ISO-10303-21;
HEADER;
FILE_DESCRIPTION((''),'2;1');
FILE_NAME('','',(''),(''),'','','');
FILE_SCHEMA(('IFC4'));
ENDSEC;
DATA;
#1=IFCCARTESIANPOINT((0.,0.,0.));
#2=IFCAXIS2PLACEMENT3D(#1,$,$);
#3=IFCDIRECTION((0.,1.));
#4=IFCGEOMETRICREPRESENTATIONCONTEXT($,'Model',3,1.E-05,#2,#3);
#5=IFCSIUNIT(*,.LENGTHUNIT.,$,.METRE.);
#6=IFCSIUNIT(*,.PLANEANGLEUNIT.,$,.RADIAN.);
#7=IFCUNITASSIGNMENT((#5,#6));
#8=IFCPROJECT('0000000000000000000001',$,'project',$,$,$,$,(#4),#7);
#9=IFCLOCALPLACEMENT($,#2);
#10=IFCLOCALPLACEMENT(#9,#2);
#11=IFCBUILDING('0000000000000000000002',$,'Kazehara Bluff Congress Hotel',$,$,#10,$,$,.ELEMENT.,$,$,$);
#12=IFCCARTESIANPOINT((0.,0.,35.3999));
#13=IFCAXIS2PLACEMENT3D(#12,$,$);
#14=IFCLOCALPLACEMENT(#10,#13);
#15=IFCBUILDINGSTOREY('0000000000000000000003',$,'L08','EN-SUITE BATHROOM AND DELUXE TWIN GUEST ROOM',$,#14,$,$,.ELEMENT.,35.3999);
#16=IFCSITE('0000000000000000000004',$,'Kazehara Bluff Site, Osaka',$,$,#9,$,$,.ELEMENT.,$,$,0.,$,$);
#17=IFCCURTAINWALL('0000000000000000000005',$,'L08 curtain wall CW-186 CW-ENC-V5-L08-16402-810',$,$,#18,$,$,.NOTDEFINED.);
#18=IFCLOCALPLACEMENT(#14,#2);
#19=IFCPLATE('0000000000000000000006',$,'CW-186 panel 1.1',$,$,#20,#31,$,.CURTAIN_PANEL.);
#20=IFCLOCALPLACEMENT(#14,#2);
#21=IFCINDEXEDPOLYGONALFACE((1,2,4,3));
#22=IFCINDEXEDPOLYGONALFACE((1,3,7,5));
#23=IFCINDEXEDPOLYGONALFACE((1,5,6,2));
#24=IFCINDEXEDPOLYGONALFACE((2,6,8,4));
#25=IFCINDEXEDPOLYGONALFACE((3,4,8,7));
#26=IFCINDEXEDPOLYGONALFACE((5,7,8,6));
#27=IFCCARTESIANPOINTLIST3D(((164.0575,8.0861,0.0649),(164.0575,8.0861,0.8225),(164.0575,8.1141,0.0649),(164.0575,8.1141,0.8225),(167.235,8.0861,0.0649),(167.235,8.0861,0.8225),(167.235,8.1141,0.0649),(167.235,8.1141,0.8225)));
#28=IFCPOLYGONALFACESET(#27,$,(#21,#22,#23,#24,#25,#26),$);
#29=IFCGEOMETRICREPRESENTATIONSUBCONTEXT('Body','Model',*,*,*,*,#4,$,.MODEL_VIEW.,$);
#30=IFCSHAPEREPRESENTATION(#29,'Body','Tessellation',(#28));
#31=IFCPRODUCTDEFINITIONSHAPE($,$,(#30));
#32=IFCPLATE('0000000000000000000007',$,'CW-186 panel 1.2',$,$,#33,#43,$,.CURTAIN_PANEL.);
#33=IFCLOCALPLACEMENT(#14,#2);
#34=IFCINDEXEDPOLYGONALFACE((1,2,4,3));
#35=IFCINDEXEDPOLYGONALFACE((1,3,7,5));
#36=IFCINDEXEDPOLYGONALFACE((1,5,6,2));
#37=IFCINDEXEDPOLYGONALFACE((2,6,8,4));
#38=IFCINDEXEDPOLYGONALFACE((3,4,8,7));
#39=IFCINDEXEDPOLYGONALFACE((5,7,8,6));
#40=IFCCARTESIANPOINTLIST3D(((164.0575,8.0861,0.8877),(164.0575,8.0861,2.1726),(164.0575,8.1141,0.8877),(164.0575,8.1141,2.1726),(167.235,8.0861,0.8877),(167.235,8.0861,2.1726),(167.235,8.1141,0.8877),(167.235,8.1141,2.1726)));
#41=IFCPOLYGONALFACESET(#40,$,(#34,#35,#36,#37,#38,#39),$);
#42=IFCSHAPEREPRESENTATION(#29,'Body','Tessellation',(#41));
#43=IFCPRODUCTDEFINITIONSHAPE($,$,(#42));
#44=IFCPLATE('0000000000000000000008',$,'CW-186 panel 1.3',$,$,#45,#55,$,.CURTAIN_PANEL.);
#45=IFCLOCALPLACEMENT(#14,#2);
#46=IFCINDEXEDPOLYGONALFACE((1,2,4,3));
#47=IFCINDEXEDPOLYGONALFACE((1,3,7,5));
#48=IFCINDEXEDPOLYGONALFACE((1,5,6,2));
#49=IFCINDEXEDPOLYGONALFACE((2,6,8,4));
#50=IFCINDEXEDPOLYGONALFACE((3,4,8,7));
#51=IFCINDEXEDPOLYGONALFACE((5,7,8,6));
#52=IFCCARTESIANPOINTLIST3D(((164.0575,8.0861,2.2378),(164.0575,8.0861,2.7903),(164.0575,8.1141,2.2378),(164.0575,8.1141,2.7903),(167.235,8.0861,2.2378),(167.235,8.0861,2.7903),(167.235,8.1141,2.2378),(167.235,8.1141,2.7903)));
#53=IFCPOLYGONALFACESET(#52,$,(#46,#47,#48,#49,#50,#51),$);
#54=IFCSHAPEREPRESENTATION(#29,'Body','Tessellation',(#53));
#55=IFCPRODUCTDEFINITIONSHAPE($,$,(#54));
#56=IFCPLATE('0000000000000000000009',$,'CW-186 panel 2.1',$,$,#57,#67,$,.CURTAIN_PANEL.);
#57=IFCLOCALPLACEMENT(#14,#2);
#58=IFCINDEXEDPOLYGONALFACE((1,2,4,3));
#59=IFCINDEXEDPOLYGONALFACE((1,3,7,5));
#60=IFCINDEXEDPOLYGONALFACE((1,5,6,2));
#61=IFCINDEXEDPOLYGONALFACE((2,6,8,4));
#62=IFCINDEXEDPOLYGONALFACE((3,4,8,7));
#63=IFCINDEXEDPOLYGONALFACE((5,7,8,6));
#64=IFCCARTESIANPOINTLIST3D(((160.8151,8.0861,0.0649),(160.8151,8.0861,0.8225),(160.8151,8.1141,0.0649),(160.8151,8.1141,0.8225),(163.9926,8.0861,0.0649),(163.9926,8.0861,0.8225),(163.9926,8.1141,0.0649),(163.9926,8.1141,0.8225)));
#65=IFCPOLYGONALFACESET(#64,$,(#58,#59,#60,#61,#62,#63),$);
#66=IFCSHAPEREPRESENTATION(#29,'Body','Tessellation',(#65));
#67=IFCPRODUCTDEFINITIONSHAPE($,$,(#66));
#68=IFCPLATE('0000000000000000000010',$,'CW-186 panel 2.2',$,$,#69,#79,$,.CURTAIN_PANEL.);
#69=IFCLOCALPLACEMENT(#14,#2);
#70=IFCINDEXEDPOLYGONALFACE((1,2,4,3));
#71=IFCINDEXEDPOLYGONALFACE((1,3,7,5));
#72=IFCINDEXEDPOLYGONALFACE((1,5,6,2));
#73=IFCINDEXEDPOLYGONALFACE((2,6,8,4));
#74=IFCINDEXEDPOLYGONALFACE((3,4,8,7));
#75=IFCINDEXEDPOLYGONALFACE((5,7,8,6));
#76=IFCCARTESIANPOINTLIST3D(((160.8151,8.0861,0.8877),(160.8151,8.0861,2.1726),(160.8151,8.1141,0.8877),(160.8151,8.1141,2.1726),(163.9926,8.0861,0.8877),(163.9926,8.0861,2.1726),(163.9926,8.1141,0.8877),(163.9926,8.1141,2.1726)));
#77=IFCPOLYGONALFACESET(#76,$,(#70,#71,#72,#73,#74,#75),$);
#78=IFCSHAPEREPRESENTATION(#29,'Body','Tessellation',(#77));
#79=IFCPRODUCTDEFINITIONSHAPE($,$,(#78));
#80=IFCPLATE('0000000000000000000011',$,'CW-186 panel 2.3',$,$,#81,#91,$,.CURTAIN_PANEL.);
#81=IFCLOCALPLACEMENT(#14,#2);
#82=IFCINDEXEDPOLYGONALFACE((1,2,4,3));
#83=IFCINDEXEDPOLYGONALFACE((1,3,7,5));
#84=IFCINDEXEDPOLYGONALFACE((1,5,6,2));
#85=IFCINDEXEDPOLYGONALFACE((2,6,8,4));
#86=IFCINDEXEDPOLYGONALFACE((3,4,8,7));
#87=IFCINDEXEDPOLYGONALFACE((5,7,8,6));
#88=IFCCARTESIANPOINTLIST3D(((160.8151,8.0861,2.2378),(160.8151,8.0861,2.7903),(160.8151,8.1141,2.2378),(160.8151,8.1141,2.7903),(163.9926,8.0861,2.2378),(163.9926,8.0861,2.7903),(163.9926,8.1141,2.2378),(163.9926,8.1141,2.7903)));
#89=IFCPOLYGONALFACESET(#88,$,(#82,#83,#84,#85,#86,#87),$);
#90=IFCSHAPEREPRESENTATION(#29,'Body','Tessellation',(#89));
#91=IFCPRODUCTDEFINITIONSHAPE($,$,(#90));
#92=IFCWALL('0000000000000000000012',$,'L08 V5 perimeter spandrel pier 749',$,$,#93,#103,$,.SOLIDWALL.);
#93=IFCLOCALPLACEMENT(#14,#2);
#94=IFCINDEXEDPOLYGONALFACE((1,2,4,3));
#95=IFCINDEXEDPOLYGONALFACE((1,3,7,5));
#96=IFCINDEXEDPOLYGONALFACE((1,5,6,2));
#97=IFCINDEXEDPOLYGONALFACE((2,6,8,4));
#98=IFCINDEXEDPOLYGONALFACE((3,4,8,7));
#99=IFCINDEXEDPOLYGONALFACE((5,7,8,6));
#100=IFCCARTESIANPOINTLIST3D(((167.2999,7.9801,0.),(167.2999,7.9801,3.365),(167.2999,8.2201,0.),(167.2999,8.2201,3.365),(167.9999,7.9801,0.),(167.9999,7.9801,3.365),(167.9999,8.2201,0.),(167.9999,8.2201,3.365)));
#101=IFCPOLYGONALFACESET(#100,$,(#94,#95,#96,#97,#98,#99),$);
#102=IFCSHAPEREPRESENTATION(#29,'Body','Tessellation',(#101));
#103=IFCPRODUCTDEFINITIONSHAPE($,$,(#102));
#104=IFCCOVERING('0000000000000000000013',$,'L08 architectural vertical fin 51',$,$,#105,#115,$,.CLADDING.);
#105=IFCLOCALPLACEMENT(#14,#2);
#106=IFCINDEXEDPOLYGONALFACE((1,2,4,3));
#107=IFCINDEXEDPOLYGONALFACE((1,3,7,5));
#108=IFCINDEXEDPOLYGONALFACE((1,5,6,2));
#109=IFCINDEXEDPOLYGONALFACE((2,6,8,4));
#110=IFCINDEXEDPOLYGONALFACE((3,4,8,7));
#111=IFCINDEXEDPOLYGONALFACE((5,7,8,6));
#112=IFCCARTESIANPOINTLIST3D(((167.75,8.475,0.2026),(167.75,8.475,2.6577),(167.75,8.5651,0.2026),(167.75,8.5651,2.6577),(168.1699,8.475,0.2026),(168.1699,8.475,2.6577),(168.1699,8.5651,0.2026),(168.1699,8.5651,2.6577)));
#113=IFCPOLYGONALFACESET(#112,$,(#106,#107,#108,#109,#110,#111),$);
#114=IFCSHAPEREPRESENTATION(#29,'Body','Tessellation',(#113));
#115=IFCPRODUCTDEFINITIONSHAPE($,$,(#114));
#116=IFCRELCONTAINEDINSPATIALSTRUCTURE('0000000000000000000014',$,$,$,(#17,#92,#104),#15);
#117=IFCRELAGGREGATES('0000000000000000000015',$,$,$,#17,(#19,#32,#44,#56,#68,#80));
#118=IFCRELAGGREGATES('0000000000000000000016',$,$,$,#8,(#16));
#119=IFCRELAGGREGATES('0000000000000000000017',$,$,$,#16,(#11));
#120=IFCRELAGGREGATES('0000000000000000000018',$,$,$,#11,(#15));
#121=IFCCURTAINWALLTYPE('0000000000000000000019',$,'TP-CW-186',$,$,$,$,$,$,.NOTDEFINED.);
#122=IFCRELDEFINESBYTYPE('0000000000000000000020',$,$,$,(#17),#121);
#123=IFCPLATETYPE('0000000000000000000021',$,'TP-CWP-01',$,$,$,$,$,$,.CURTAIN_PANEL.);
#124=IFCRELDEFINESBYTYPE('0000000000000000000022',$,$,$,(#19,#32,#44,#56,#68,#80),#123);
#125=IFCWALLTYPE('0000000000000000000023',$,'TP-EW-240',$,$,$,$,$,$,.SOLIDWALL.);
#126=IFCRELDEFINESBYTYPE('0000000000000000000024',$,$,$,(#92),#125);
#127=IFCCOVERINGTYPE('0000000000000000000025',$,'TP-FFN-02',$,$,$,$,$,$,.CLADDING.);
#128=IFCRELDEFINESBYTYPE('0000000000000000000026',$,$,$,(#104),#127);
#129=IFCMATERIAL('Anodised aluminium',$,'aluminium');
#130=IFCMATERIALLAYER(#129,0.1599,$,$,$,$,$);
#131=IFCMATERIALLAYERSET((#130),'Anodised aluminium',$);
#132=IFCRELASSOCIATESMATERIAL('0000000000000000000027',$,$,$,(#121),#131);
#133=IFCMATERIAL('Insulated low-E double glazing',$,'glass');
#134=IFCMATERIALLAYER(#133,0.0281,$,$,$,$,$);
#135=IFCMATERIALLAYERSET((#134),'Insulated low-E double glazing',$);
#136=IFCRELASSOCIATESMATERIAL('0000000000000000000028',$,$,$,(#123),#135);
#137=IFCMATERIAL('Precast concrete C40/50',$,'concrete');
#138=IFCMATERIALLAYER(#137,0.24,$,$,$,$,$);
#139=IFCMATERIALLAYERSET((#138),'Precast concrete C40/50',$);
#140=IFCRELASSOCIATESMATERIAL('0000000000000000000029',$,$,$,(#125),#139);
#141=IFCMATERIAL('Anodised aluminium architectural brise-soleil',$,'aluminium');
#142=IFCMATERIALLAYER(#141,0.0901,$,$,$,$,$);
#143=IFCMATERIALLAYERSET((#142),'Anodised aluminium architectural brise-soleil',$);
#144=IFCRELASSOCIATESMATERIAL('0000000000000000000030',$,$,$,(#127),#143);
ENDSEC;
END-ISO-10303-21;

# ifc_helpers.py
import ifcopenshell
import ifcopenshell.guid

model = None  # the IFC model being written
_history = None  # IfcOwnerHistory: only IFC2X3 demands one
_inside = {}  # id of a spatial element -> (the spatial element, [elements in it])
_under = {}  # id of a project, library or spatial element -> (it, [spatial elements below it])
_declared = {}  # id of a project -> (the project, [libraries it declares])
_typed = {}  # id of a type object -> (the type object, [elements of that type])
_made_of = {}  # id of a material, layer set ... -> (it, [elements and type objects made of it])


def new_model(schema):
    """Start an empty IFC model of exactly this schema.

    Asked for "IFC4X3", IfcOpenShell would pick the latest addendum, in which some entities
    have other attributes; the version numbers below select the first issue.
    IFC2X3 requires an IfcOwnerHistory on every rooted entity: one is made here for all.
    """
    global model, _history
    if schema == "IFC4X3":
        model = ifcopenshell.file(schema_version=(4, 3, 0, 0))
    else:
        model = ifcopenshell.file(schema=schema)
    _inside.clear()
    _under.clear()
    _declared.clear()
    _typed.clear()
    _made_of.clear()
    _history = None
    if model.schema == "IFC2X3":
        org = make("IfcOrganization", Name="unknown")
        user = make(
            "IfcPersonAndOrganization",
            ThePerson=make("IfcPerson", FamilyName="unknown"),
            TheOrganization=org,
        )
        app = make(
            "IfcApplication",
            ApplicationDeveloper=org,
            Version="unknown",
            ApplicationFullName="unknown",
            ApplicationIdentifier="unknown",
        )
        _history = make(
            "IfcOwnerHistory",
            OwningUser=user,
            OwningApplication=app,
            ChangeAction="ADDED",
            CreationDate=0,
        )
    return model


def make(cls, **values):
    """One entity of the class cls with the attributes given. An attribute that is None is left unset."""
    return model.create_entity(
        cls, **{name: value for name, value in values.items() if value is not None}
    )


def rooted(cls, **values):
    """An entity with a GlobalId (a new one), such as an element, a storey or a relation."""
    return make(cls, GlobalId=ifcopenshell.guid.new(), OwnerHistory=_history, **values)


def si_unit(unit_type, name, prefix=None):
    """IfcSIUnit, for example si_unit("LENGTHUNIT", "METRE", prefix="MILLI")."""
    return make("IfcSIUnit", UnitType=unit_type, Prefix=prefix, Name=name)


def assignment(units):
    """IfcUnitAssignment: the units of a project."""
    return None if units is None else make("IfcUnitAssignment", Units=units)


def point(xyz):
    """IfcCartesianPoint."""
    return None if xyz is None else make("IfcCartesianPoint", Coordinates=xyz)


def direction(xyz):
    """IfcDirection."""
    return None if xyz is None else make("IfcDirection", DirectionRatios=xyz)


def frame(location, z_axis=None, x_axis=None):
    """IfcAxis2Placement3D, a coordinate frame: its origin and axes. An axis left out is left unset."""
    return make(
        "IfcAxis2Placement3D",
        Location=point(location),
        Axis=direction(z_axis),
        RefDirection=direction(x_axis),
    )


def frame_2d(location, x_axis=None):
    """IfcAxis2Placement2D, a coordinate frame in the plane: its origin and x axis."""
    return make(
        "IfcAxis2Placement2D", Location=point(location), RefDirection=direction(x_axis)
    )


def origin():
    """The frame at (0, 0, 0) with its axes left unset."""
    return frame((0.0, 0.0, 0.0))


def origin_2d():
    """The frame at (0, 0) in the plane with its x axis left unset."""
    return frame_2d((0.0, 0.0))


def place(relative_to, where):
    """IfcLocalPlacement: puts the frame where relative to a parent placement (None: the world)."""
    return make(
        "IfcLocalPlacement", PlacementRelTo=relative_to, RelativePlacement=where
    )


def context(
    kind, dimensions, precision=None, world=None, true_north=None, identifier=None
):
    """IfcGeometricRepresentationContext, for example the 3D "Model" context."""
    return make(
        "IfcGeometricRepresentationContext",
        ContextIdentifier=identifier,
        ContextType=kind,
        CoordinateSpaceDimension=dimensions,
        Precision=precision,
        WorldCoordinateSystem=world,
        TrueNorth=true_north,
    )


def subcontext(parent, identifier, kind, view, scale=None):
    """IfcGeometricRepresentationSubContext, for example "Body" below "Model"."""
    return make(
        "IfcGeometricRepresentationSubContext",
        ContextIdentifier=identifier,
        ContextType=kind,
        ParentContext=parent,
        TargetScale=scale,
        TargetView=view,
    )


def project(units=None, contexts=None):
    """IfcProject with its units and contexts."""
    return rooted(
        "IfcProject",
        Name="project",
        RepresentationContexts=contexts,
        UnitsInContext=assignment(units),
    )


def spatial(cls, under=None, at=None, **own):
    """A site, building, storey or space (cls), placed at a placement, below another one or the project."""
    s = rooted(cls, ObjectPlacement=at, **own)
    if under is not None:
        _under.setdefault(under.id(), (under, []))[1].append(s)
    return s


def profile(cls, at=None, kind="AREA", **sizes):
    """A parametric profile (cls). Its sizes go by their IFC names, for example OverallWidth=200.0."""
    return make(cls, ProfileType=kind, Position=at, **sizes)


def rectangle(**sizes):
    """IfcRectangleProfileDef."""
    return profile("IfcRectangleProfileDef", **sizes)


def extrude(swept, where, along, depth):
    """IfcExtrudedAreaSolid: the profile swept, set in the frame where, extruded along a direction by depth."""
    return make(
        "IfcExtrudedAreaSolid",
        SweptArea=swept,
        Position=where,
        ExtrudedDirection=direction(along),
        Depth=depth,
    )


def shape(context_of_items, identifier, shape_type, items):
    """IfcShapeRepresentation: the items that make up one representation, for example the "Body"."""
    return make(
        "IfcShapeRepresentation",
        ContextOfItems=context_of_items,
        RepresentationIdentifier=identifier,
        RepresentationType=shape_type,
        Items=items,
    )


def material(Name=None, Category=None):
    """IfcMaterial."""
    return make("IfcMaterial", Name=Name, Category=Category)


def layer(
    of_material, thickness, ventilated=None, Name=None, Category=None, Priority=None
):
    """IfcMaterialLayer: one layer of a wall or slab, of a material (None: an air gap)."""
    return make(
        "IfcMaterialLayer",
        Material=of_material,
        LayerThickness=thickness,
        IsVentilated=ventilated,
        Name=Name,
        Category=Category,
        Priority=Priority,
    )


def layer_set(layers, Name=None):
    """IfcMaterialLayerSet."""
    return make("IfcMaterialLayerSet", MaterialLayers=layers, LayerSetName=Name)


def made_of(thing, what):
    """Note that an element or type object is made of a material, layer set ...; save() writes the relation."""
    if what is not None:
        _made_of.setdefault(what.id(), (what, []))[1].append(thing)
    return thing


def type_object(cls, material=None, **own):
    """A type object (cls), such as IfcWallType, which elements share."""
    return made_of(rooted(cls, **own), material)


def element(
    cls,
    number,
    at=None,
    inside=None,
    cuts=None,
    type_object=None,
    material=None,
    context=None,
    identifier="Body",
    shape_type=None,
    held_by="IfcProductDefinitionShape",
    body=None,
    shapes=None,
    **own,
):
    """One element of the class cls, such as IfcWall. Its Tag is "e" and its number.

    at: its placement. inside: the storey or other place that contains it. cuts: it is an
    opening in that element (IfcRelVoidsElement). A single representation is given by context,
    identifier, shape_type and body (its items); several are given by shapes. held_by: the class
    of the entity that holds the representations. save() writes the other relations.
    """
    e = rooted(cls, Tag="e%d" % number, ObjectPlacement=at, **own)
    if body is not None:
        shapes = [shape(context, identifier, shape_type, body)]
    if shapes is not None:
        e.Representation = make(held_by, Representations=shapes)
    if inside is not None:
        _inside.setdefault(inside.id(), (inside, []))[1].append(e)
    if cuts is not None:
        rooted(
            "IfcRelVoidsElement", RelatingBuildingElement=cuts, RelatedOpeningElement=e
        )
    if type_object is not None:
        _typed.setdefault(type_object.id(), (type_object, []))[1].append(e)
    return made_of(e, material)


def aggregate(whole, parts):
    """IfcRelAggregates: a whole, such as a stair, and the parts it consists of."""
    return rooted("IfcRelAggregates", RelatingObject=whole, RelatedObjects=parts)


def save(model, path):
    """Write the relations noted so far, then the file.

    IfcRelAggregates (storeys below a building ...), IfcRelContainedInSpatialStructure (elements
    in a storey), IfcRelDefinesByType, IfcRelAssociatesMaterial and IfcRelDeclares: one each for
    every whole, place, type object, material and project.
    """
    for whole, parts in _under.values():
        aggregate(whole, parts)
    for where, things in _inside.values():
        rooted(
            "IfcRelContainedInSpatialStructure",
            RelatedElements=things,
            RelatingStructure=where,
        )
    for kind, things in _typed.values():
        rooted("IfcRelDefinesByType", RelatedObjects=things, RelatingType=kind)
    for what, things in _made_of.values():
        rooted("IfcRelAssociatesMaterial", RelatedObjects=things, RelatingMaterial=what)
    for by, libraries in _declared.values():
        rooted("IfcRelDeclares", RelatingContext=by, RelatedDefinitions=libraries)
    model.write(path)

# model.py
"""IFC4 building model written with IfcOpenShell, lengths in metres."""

from ifc_helpers import new_model, si_unit, direction, frame, frame_2d, origin, origin_2d, place, context, subcontext, project, spatial, rectangle, extrude, material, layer, layer_set, type_object, element, aggregate, save


model = new_model("IFC4")

# Units and contexts
model_context = context("Model", 3, precision=1e-05, world=origin(), true_north=direction((0.0, 1.0)))
body_context = subcontext(model_context, "Body", "Model", "MODEL_VIEW")
ifc_project = project(units=[si_unit("LENGTHUNIT", "METRE"), si_unit("PLANEANGLEUNIT", "RADIAN")], contexts=[model_context])

# Site, building, storey
site_placement = place(None, origin())
site = spatial("IfcSite", under=ifc_project, at=site_placement, Name="Kazehara Bluff Site, Osaka", CompositionType="ELEMENT", RefElevation=0.0)
building_placement = place(site_placement, origin())
building = spatial("IfcBuilding", under=site, at=building_placement, Name="Kazehara Bluff Congress Hotel", CompositionType="ELEMENT")
storey_placement = place(building_placement, frame((0.0, 0.0, 35.3999)))
storey = spatial("IfcBuildingStorey", under=building, at=storey_placement, Name="L08", Description="EN-SUITE BATHROOM AND DELUXE TWIN GUEST ROOM", CompositionType="ELEMENT", Elevation=35.3999)

# Curtain wall
ifc_material_1 = material(Name="Anodised aluminium", Category="aluminium")
ifc_layer_1 = layer(ifc_material_1, 0.1599)
ifc_layer_set_1 = layer_set([ifc_layer_1], Name="Anodised aluminium")
curtain_wall_type = type_object("IfcCurtainWallType", Name="TP-CW-186", PredefinedType="NOTDEFINED", material=ifc_layer_set_1)
curtain_wall_placement = place(storey_placement, origin())
curtain_wall = element("IfcCurtainWall", 1, at=curtain_wall_placement, inside=storey, type_object=curtain_wall_type, Name="L08 curtain wall CW-186 CW-ENC-V5-L08-16402-810", PredefinedType="NOTDEFINED")

# Plates
ifc_material_2 = material(Name="Insulated low-E double glazing", Category="glass")
ifc_layer_2 = layer(ifc_material_2, 0.0281)
ifc_layer_set_2 = layer_set([ifc_layer_2], Name="Insulated low-E double glazing")
plate_type = type_object("IfcPlateType", Name="TP-CWP-01", PredefinedType="CURTAIN_PANEL", material=ifc_layer_set_2)
plate_1_placement = place(storey_placement, frame((165.6462, 8.1001, 0.0649), z_axis=(0.0, 0.0, 1.0), x_axis=(-1.0, 0.0, 0.0)))
plate_1 = element("IfcPlate", 2, at=plate_1_placement, type_object=plate_type, Name="CW-186 panel 1.1", PredefinedType="CURTAIN_PANEL", context=body_context, shape_type="SweptSolid", body=[
    extrude(rectangle(XDim=3.1775, YDim=0.0281, at=origin_2d()), origin(), (0.0, 0.0, 1.0), 0.7576),
])
plate_2_placement = place(storey_placement, frame((165.6462, 8.1001, 0.8877), z_axis=(0.0, 0.0, 1.0), x_axis=(-1.0, 0.0, 0.0)))
plate_2 = element("IfcPlate", 3, at=plate_2_placement, type_object=plate_type, Name="CW-186 panel 1.2", PredefinedType="CURTAIN_PANEL", context=body_context, shape_type="SweptSolid", body=[
    extrude(rectangle(XDim=3.1775, YDim=0.0281, at=origin_2d()), origin(), (0.0, 0.0, 1.0), 1.2849),
])
plate_3_placement = place(storey_placement, frame((165.6462, 8.1001, 2.2378), z_axis=(0.0, 0.0, 1.0), x_axis=(-1.0, 0.0, 0.0)))
plate_3 = element("IfcPlate", 4, at=plate_3_placement, type_object=plate_type, Name="CW-186 panel 1.3", PredefinedType="CURTAIN_PANEL", context=body_context, shape_type="SweptSolid", body=[
    extrude(rectangle(XDim=3.1775, YDim=0.0281, at=origin_2d()), origin(), (0.0, 0.0, 1.0), 0.5525),
])
plate_4_placement = place(storey_placement, frame((162.4038, 8.1001, 0.0649), z_axis=(0.0, 0.0, 1.0), x_axis=(-1.0, 0.0, 0.0)))
plate_4 = element("IfcPlate", 5, at=plate_4_placement, type_object=plate_type, Name="CW-186 panel 2.1", PredefinedType="CURTAIN_PANEL", context=body_context, shape_type="SweptSolid", body=[
    extrude(rectangle(XDim=3.1775, YDim=0.0281, at=origin_2d()), origin(), (0.0, 0.0, 1.0), 0.7576),
])
plate_5_placement = place(storey_placement, frame((162.4038, 8.1001, 0.8877), z_axis=(0.0, 0.0, 1.0), x_axis=(-1.0, 0.0, 0.0)))
plate_5 = element("IfcPlate", 6, at=plate_5_placement, type_object=plate_type, Name="CW-186 panel 2.2", PredefinedType="CURTAIN_PANEL", context=body_context, shape_type="SweptSolid", body=[
    extrude(rectangle(XDim=3.1775, YDim=0.0281, at=origin_2d()), origin(), (0.0, 0.0, 1.0), 1.2849),
])
plate_6_placement = place(storey_placement, frame((162.4038, 8.1001, 2.2378), z_axis=(0.0, 0.0, 1.0), x_axis=(-1.0, 0.0, 0.0)))
plate_6 = element("IfcPlate", 7, at=plate_6_placement, type_object=plate_type, Name="CW-186 panel 2.3", PredefinedType="CURTAIN_PANEL", context=body_context, shape_type="SweptSolid", body=[
    extrude(rectangle(XDim=3.1775, YDim=0.0281, at=origin_2d()), origin(), (0.0, 0.0, 1.0), 0.5525),
])
aggregate(curtain_wall, [plate_1, plate_2, plate_3, plate_4, plate_5, plate_6])

# Wall
ifc_material_3 = material(Name="Precast concrete C40/50", Category="concrete")
ifc_layer_3 = layer(ifc_material_3, 0.24)
ifc_layer_set_3 = layer_set([ifc_layer_3], Name="Precast concrete C40/50")
wall_type = type_object("IfcWallType", Name="TP-EW-240", PredefinedType="SOLIDWALL", material=ifc_layer_set_3)
wall_placement = place(storey_placement, frame((168.0, 8.1001, 0.0), z_axis=(0.0, 0.0, 1.0), x_axis=(-1.0, 0.0, 0.0)))
element("IfcWall", 8, at=wall_placement, inside=storey, type_object=wall_type, Name="L08 V5 perimeter spandrel pier 749", PredefinedType="SOLIDWALL", context=body_context, shape_type="SweptSolid", body=[
    extrude(rectangle(XDim=0.7, YDim=0.24, at=frame_2d((0.3501, 0.0))), origin(), (0.0, 0.0, 1.0), 3.365),
])

# Covering
ifc_material_4 = material(Name="Anodised aluminium architectural brise-soleil", Category="aluminium")
ifc_layer_4 = layer(ifc_material_4, 0.0901)
ifc_layer_set_4 = layer_set([ifc_layer_4], Name="Anodised aluminium architectural brise-soleil")
covering_type = type_object("IfcCoveringType", Name="TP-FFN-02", PredefinedType="CLADDING", material=ifc_layer_set_4)
covering_placement = place(storey_placement, frame((167.96, 8.52, 0.2026), z_axis=(0.0, 0.0, 1.0), x_axis=(1.0, 0.0, 0.0)))
element("IfcCovering", 9, at=covering_placement, inside=storey, type_object=covering_type, Name="L08 architectural vertical fin 51", PredefinedType="CLADDING", context=body_context, shape_type="SweptSolid", body=[
    extrude(rectangle(XDim=0.4199, YDim=0.0901, at=origin_2d()), origin(), (0.0, 0.0, 1.0), 2.4551),
])

save(model, "model.ifc")
